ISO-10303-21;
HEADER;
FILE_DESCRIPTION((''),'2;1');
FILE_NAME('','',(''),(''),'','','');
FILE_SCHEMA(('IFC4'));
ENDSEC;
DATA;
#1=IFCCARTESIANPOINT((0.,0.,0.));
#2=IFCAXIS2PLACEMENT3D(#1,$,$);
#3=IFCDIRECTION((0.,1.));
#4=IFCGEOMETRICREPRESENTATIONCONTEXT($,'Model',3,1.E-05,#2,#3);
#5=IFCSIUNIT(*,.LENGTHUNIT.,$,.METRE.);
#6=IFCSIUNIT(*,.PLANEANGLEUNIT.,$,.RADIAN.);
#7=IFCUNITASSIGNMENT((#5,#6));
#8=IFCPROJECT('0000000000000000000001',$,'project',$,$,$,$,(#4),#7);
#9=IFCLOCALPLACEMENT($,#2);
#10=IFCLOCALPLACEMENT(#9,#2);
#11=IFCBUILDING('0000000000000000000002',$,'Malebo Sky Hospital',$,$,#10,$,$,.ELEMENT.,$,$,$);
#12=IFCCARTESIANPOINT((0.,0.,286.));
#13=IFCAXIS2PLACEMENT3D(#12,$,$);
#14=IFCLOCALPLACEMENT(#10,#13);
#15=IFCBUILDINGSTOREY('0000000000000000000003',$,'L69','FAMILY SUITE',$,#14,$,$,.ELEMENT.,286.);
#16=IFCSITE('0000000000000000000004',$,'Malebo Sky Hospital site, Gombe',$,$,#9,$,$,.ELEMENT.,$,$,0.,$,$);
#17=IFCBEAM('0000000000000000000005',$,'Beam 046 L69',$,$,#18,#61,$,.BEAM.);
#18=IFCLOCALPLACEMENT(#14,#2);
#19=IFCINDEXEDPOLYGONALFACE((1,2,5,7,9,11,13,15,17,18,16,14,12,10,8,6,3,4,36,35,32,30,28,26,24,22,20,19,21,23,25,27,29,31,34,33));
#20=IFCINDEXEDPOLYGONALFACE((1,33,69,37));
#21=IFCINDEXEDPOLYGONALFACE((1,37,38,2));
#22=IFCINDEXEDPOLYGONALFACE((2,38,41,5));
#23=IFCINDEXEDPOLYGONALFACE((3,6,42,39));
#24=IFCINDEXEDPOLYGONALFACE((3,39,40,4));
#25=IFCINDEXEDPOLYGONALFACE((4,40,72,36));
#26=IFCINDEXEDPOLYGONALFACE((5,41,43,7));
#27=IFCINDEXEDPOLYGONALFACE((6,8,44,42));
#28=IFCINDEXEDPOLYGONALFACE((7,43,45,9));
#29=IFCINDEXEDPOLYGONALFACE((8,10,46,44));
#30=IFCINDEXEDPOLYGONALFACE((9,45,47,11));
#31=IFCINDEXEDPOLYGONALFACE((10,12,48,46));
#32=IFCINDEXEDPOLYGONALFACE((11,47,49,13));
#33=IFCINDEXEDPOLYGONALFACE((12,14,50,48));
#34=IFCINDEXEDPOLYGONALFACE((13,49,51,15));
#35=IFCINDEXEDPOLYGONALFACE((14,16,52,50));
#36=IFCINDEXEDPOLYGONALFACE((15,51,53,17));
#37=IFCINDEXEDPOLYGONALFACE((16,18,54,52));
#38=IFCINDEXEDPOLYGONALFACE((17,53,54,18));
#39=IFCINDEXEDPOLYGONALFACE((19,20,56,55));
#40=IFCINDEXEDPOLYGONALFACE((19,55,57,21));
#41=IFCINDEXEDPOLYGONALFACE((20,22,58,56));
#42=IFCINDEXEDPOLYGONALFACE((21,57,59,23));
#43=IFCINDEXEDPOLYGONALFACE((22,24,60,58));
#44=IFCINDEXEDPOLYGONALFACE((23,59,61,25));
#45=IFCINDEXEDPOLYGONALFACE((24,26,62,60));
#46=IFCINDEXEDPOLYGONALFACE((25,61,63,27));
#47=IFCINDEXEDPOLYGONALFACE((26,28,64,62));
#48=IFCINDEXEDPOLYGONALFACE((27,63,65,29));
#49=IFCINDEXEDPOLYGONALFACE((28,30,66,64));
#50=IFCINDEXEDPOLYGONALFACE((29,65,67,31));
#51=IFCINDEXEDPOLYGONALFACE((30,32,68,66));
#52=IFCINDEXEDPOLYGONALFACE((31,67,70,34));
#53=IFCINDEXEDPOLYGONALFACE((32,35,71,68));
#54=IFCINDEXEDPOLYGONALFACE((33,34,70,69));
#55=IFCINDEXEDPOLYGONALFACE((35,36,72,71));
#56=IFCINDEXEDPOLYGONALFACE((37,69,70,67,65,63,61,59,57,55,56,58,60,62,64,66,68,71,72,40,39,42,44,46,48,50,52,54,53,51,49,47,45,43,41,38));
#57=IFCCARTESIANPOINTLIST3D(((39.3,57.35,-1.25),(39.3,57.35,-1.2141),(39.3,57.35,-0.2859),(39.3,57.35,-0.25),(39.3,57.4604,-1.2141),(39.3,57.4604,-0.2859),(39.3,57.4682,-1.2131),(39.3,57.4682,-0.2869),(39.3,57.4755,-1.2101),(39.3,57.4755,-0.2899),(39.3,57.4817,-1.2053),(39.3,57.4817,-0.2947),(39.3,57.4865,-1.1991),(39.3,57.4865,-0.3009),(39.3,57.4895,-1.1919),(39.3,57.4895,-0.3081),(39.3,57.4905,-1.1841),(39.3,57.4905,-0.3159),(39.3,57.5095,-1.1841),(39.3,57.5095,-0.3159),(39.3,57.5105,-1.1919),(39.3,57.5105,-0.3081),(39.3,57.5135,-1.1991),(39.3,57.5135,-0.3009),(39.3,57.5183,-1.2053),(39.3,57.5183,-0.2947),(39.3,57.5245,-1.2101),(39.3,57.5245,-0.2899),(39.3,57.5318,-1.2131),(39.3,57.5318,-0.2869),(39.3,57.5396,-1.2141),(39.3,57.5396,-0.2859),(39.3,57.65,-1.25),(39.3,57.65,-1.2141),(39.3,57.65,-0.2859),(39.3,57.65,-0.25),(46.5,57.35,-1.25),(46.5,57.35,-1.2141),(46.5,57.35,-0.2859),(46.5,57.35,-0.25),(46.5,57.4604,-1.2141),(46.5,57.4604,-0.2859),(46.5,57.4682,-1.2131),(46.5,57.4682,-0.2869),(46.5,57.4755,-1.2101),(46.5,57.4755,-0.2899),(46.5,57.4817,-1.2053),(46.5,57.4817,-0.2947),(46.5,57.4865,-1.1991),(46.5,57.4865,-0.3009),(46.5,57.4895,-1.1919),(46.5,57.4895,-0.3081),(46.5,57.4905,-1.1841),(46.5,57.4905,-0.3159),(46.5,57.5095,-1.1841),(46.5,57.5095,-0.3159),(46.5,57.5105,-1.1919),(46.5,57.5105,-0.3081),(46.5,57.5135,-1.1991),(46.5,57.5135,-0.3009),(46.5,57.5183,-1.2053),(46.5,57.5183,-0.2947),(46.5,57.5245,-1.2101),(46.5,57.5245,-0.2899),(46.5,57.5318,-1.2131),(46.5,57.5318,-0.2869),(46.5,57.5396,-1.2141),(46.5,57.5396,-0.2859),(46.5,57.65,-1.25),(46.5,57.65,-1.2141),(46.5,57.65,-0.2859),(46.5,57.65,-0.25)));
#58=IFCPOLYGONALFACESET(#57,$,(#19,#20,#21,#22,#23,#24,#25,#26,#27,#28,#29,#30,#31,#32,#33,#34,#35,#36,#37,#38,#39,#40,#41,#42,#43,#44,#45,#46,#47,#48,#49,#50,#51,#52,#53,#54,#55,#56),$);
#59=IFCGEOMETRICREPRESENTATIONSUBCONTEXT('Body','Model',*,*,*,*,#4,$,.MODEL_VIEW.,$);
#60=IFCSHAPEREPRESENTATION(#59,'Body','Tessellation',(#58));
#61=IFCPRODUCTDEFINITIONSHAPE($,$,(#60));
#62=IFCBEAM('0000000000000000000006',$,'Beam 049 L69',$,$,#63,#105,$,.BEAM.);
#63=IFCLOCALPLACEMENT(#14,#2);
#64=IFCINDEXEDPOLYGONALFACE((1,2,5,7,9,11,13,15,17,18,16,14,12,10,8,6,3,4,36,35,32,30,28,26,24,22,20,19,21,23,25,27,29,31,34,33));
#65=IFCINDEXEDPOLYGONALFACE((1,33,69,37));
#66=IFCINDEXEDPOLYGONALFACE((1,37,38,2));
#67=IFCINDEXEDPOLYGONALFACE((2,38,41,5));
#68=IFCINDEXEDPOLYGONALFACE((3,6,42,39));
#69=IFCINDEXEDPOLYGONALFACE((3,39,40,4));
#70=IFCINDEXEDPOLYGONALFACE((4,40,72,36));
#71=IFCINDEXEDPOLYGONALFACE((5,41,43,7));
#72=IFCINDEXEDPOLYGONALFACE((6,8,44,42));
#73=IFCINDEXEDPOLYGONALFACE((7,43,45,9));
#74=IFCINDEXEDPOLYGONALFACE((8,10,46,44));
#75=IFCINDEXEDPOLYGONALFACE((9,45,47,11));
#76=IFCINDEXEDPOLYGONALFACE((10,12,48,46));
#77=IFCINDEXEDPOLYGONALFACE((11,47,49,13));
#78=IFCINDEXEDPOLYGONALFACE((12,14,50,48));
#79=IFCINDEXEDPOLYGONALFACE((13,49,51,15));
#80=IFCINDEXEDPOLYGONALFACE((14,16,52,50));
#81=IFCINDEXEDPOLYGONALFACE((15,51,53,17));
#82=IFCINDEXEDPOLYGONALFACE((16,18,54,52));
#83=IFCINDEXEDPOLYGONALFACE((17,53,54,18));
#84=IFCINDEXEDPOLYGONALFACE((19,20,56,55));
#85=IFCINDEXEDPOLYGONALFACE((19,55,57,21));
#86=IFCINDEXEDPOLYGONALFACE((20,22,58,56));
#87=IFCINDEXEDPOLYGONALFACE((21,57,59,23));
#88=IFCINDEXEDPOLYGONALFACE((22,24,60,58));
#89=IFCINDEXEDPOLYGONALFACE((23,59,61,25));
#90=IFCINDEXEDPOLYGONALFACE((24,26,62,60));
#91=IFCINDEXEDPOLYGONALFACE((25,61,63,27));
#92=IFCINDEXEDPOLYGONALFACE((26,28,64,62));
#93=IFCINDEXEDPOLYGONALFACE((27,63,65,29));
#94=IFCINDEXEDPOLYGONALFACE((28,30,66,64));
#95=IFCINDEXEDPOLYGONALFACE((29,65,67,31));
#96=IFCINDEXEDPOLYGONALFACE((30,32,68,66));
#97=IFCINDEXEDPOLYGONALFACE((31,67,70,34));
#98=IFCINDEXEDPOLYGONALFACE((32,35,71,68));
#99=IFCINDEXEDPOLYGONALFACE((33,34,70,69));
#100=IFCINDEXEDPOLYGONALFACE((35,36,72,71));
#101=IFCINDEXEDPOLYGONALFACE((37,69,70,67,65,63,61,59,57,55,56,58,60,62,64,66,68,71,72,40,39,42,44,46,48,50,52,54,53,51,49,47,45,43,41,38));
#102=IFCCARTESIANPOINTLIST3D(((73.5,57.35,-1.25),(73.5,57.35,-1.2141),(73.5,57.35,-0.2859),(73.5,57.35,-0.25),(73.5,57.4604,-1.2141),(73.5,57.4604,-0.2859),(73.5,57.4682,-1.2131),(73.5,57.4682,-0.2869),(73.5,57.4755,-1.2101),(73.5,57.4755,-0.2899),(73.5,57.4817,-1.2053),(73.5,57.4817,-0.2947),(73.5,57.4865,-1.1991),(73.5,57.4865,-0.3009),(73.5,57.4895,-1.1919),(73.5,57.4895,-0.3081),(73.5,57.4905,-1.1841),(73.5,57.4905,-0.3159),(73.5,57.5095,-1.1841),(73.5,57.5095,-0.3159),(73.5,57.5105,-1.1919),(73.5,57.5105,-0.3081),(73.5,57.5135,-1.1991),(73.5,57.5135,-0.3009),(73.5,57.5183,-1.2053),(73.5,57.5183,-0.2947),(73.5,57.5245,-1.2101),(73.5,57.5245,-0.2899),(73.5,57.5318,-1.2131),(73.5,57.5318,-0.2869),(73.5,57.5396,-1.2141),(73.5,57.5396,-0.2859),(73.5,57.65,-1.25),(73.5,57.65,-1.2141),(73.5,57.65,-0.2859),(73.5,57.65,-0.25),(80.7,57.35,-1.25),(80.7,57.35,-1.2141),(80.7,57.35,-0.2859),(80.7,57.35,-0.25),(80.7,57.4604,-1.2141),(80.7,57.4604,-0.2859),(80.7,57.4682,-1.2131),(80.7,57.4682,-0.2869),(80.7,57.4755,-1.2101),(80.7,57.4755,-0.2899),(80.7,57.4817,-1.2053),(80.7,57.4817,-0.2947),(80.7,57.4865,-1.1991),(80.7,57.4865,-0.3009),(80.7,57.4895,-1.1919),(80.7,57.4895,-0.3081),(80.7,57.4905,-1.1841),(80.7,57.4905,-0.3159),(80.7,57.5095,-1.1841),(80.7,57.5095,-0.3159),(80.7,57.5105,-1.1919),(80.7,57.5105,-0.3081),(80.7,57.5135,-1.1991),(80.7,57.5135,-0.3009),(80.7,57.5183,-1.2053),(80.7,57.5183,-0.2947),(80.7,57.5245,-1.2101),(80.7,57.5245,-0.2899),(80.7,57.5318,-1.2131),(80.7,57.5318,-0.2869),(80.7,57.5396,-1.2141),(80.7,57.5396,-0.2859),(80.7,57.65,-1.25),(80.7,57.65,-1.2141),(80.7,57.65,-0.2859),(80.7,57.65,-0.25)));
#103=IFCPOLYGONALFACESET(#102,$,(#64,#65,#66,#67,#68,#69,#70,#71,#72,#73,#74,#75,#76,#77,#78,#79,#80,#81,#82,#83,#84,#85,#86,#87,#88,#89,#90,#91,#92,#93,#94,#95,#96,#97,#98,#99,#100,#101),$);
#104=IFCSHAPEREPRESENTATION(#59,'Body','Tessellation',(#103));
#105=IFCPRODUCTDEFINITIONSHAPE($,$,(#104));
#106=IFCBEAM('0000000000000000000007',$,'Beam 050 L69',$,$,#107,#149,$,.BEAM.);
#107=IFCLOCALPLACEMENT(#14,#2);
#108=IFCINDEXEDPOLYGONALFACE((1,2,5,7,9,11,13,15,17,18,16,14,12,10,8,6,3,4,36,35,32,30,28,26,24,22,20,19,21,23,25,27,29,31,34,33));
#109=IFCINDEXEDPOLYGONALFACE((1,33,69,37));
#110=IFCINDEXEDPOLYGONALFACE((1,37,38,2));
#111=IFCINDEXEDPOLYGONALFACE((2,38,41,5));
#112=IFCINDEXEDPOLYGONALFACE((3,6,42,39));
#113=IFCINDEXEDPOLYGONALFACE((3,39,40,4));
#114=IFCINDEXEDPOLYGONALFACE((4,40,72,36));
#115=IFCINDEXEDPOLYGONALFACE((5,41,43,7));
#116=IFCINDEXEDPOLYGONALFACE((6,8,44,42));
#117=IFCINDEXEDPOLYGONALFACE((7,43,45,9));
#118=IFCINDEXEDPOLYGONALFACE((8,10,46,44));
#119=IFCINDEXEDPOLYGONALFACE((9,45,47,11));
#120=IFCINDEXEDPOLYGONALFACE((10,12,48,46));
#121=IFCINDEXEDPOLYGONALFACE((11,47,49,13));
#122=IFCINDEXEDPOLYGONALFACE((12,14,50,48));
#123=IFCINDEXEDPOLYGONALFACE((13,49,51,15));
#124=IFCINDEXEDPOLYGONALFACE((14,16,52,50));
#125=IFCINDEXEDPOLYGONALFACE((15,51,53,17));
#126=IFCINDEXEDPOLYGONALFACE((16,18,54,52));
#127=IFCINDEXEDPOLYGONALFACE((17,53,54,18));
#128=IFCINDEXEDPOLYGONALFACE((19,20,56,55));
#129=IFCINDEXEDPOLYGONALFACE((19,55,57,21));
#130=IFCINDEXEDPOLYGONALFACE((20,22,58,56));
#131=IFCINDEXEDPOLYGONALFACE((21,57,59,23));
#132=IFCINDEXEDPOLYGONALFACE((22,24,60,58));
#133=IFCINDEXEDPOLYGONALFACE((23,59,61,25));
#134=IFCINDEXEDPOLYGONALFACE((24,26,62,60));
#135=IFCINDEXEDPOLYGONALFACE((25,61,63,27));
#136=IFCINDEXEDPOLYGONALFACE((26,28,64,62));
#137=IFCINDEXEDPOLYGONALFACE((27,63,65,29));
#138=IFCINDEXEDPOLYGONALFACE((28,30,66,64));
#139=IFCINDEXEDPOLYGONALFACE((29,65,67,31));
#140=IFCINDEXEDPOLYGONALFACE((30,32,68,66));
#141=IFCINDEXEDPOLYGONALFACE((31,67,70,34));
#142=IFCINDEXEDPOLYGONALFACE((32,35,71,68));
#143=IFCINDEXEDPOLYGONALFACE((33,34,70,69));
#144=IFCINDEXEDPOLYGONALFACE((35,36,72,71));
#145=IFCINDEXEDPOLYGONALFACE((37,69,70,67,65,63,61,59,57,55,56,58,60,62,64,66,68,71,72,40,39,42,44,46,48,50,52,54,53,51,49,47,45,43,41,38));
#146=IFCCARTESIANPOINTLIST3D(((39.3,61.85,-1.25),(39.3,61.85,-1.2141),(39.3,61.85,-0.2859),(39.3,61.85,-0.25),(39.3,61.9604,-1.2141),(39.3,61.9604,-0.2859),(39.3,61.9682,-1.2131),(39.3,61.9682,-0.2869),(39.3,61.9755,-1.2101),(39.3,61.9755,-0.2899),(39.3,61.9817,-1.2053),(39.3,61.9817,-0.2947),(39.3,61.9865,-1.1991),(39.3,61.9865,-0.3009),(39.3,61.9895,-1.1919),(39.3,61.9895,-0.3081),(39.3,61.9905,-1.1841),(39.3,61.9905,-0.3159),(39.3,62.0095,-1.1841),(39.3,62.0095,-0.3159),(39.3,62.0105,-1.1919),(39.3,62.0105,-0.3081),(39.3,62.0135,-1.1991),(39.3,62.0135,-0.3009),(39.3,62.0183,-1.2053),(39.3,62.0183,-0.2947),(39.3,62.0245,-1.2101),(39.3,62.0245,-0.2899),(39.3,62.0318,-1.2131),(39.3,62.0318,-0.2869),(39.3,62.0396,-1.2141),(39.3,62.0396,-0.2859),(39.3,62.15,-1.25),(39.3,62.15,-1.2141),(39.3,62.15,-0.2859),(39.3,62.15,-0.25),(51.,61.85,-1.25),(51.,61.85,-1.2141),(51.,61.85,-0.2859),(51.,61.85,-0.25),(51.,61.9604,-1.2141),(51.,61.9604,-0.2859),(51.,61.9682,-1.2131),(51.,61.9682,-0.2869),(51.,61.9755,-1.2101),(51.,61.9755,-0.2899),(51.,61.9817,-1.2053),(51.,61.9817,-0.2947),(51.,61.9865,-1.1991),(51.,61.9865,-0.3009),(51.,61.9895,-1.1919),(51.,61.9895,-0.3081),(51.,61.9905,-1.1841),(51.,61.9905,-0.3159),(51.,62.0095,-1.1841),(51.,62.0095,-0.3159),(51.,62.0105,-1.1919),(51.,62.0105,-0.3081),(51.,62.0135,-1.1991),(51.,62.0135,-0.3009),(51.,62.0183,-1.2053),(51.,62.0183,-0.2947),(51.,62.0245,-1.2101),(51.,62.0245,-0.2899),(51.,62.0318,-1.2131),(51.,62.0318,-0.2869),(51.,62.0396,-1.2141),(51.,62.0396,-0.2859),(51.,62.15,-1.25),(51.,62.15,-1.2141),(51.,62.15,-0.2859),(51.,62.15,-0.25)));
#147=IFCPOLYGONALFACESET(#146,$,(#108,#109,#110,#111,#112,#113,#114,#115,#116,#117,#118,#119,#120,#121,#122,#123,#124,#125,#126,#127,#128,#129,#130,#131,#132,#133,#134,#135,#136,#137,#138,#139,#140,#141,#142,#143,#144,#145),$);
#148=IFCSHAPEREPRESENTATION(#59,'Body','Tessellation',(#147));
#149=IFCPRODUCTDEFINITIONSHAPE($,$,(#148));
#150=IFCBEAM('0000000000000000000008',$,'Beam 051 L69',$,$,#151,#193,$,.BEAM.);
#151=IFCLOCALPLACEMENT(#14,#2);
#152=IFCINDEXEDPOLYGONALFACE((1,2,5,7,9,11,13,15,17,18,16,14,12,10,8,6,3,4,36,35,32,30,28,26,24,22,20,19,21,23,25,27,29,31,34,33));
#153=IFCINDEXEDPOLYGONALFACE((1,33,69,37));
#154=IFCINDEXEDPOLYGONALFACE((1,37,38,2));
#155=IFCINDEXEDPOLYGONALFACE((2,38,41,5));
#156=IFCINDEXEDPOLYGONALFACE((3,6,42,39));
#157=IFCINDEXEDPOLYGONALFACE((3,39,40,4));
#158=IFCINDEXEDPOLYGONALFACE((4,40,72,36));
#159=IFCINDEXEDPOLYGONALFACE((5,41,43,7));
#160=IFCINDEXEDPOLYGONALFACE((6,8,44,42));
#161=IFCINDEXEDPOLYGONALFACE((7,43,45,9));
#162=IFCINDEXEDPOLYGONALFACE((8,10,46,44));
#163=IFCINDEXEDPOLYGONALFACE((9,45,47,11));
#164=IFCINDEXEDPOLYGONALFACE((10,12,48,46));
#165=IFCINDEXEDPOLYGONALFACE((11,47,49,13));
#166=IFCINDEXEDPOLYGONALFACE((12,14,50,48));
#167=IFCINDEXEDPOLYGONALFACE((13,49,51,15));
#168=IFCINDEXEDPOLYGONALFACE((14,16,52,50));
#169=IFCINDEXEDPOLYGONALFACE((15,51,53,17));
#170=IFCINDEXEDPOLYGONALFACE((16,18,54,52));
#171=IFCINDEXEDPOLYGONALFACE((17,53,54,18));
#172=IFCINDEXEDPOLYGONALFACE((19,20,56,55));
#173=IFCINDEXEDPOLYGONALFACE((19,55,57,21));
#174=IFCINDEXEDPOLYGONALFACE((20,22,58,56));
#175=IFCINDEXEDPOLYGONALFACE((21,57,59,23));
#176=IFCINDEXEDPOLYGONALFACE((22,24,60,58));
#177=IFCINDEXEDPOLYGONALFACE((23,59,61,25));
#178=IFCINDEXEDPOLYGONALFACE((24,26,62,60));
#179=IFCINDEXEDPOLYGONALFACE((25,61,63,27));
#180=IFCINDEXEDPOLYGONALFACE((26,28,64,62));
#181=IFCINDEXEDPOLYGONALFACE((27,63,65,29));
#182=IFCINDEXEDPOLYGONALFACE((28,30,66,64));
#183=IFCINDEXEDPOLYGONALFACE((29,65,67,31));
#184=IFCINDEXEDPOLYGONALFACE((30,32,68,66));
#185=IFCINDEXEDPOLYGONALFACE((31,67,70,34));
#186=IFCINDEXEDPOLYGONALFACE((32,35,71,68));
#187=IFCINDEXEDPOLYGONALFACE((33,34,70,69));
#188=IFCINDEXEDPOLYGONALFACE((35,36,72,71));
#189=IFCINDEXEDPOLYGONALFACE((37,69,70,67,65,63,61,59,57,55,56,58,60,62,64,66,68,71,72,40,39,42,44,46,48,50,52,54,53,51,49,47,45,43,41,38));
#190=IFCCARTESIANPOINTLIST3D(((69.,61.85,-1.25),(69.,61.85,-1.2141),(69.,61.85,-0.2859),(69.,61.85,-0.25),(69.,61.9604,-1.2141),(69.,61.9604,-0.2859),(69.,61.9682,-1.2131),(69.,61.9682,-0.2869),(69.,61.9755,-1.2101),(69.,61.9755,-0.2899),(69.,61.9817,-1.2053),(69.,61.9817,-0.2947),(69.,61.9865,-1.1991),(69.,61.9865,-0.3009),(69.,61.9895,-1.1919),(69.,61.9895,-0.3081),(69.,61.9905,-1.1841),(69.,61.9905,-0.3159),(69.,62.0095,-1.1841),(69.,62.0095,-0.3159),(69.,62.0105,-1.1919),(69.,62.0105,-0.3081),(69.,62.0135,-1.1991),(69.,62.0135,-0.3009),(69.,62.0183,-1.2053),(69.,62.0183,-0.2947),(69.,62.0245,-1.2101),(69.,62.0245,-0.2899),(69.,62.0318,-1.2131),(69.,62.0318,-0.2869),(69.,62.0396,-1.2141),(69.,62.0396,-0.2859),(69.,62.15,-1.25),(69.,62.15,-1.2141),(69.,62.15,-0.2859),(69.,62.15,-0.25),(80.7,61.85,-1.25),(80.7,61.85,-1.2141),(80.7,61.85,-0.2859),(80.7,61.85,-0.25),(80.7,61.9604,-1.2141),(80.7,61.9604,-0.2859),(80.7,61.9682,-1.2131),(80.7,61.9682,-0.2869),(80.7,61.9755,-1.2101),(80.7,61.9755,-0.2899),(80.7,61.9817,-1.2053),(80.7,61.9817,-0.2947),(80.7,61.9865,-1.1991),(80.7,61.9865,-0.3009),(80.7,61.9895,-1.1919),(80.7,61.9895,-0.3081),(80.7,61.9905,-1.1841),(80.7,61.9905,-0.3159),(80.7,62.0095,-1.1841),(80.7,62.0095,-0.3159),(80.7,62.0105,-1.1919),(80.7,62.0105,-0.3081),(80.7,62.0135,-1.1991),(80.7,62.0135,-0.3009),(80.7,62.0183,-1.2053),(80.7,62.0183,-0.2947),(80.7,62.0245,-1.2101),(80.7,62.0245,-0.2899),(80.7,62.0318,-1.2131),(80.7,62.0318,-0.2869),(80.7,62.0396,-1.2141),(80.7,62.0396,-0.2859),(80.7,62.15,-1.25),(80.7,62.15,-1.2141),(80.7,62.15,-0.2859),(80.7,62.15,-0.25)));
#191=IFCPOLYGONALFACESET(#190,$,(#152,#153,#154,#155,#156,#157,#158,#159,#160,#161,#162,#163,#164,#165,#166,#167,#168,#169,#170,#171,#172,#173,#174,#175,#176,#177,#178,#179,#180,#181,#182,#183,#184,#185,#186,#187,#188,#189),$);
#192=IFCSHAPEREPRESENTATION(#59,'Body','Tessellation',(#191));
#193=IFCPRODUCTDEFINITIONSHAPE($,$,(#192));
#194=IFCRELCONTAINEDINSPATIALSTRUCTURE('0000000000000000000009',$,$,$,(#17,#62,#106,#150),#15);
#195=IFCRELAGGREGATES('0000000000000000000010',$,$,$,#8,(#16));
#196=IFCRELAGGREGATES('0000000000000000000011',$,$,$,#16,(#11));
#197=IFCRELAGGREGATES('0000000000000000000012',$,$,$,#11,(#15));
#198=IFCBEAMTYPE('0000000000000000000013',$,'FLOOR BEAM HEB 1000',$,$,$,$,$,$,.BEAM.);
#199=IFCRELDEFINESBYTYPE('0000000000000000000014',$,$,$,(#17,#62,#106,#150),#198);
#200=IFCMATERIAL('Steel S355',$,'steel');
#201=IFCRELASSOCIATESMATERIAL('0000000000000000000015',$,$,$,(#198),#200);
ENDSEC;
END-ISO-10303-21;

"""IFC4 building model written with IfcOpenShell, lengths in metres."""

from ifc_helpers import new_model, si_unit, direction, frame, origin, origin_2d, place, context, subcontext, project, spatial, i_section, extrude, material, material_profile, profile_set, type_object, element, save


model = new_model("IFC4")

# Units and contexts
model_context = context("Model", 3, precision=1e-05, world=origin(), true_north=direction((0.0, 1.0)))
body_context = subcontext(model_context, "Body", "Model", "MODEL_VIEW")
ifc_project = project(units=[si_unit("LENGTHUNIT", "METRE"), si_unit("PLANEANGLEUNIT", "RADIAN")], contexts=[model_context])

# Site, building, storey
site_placement = place(None, origin())
site = spatial("IfcSite", under=ifc_project, at=site_placement, Name="Malebo Sky Hospital site, Gombe", CompositionType="ELEMENT", RefElevation=0.0)
building_placement = place(site_placement, origin())
building = spatial("IfcBuilding", under=site, at=building_placement, Name="Malebo Sky Hospital", CompositionType="ELEMENT")
storey_placement = place(building_placement, frame((0.0, 0.0, 286.0)))
storey = spatial("IfcBuildingStorey", under=building, at=storey_placement, Name="L69", Description="FAMILY SUITE", CompositionType="ELEMENT", Elevation=286.0)

# Beams
ifc_material = material(Name="Steel S355", Category="steel")
ifc_material_profile_1 = material_profile(ifc_material, i_section(OverallWidth=0.3, OverallDepth=1.0, WebThickness=0.019, FlangeThickness=0.0359, FilletRadius=0.03, at=origin_2d()), Name="HEB 1000")
ifc_profile_set_1 = profile_set([ifc_material_profile_1], Name="Steel S355")
beam_type_1 = type_object("IfcBeamType", Name="FLOOR BEAM HEB 1000", PredefinedType="BEAM", material=ifc_profile_set_1)
for number, where, z_axis, x_axis, name in (
    (1, (39.3, 57.5, -0.75), (1.0, 0.0, 0.0), (0.0, 1.0, 0.0), "Beam 046 L69"),
    (2, (73.5, 57.5, -0.75), (1.0, 0.0, 0.0), (0.0, 1.0, 0.0), "Beam 049 L69"),
):
    element("IfcBeam", number, at=place(storey_placement, frame(where, z_axis=z_axis, x_axis=x_axis)), inside=storey, type_object=beam_type_1, Name=name, PredefinedType="BEAM", context=body_context, shape_type="SweptSolid", body=[
        extrude(i_section(OverallWidth=0.3, OverallDepth=1.0, WebThickness=0.019, FlangeThickness=0.0359, FilletRadius=0.03, at=origin_2d()), origin(), (0.0, 0.0, 1.0), 7.2),
    ])
for number, where, z_axis, x_axis, name in (
    (3, (39.3, 62.0, -0.75), (1.0, 0.0, 0.0), (0.0, 1.0, 0.0), "Beam 050 L69"),
    (4, (69.0, 62.0, -0.75), (1.0, 0.0, 0.0), (0.0, 1.0, 0.0), "Beam 051 L69"),
):
    element("IfcBeam", number, at=place(storey_placement, frame(where, z_axis=z_axis, x_axis=x_axis)), inside=storey, type_object=beam_type_1, Name=name, PredefinedType="BEAM", context=body_context, shape_type="SweptSolid", body=[
        extrude(i_section(OverallWidth=0.3, OverallDepth=1.0, WebThickness=0.019, FlangeThickness=0.0359, FilletRadius=0.03, at=origin_2d()), origin(), (0.0, 0.0, 1.0), 11.7),
    ])

save(model, "model.ifc")
